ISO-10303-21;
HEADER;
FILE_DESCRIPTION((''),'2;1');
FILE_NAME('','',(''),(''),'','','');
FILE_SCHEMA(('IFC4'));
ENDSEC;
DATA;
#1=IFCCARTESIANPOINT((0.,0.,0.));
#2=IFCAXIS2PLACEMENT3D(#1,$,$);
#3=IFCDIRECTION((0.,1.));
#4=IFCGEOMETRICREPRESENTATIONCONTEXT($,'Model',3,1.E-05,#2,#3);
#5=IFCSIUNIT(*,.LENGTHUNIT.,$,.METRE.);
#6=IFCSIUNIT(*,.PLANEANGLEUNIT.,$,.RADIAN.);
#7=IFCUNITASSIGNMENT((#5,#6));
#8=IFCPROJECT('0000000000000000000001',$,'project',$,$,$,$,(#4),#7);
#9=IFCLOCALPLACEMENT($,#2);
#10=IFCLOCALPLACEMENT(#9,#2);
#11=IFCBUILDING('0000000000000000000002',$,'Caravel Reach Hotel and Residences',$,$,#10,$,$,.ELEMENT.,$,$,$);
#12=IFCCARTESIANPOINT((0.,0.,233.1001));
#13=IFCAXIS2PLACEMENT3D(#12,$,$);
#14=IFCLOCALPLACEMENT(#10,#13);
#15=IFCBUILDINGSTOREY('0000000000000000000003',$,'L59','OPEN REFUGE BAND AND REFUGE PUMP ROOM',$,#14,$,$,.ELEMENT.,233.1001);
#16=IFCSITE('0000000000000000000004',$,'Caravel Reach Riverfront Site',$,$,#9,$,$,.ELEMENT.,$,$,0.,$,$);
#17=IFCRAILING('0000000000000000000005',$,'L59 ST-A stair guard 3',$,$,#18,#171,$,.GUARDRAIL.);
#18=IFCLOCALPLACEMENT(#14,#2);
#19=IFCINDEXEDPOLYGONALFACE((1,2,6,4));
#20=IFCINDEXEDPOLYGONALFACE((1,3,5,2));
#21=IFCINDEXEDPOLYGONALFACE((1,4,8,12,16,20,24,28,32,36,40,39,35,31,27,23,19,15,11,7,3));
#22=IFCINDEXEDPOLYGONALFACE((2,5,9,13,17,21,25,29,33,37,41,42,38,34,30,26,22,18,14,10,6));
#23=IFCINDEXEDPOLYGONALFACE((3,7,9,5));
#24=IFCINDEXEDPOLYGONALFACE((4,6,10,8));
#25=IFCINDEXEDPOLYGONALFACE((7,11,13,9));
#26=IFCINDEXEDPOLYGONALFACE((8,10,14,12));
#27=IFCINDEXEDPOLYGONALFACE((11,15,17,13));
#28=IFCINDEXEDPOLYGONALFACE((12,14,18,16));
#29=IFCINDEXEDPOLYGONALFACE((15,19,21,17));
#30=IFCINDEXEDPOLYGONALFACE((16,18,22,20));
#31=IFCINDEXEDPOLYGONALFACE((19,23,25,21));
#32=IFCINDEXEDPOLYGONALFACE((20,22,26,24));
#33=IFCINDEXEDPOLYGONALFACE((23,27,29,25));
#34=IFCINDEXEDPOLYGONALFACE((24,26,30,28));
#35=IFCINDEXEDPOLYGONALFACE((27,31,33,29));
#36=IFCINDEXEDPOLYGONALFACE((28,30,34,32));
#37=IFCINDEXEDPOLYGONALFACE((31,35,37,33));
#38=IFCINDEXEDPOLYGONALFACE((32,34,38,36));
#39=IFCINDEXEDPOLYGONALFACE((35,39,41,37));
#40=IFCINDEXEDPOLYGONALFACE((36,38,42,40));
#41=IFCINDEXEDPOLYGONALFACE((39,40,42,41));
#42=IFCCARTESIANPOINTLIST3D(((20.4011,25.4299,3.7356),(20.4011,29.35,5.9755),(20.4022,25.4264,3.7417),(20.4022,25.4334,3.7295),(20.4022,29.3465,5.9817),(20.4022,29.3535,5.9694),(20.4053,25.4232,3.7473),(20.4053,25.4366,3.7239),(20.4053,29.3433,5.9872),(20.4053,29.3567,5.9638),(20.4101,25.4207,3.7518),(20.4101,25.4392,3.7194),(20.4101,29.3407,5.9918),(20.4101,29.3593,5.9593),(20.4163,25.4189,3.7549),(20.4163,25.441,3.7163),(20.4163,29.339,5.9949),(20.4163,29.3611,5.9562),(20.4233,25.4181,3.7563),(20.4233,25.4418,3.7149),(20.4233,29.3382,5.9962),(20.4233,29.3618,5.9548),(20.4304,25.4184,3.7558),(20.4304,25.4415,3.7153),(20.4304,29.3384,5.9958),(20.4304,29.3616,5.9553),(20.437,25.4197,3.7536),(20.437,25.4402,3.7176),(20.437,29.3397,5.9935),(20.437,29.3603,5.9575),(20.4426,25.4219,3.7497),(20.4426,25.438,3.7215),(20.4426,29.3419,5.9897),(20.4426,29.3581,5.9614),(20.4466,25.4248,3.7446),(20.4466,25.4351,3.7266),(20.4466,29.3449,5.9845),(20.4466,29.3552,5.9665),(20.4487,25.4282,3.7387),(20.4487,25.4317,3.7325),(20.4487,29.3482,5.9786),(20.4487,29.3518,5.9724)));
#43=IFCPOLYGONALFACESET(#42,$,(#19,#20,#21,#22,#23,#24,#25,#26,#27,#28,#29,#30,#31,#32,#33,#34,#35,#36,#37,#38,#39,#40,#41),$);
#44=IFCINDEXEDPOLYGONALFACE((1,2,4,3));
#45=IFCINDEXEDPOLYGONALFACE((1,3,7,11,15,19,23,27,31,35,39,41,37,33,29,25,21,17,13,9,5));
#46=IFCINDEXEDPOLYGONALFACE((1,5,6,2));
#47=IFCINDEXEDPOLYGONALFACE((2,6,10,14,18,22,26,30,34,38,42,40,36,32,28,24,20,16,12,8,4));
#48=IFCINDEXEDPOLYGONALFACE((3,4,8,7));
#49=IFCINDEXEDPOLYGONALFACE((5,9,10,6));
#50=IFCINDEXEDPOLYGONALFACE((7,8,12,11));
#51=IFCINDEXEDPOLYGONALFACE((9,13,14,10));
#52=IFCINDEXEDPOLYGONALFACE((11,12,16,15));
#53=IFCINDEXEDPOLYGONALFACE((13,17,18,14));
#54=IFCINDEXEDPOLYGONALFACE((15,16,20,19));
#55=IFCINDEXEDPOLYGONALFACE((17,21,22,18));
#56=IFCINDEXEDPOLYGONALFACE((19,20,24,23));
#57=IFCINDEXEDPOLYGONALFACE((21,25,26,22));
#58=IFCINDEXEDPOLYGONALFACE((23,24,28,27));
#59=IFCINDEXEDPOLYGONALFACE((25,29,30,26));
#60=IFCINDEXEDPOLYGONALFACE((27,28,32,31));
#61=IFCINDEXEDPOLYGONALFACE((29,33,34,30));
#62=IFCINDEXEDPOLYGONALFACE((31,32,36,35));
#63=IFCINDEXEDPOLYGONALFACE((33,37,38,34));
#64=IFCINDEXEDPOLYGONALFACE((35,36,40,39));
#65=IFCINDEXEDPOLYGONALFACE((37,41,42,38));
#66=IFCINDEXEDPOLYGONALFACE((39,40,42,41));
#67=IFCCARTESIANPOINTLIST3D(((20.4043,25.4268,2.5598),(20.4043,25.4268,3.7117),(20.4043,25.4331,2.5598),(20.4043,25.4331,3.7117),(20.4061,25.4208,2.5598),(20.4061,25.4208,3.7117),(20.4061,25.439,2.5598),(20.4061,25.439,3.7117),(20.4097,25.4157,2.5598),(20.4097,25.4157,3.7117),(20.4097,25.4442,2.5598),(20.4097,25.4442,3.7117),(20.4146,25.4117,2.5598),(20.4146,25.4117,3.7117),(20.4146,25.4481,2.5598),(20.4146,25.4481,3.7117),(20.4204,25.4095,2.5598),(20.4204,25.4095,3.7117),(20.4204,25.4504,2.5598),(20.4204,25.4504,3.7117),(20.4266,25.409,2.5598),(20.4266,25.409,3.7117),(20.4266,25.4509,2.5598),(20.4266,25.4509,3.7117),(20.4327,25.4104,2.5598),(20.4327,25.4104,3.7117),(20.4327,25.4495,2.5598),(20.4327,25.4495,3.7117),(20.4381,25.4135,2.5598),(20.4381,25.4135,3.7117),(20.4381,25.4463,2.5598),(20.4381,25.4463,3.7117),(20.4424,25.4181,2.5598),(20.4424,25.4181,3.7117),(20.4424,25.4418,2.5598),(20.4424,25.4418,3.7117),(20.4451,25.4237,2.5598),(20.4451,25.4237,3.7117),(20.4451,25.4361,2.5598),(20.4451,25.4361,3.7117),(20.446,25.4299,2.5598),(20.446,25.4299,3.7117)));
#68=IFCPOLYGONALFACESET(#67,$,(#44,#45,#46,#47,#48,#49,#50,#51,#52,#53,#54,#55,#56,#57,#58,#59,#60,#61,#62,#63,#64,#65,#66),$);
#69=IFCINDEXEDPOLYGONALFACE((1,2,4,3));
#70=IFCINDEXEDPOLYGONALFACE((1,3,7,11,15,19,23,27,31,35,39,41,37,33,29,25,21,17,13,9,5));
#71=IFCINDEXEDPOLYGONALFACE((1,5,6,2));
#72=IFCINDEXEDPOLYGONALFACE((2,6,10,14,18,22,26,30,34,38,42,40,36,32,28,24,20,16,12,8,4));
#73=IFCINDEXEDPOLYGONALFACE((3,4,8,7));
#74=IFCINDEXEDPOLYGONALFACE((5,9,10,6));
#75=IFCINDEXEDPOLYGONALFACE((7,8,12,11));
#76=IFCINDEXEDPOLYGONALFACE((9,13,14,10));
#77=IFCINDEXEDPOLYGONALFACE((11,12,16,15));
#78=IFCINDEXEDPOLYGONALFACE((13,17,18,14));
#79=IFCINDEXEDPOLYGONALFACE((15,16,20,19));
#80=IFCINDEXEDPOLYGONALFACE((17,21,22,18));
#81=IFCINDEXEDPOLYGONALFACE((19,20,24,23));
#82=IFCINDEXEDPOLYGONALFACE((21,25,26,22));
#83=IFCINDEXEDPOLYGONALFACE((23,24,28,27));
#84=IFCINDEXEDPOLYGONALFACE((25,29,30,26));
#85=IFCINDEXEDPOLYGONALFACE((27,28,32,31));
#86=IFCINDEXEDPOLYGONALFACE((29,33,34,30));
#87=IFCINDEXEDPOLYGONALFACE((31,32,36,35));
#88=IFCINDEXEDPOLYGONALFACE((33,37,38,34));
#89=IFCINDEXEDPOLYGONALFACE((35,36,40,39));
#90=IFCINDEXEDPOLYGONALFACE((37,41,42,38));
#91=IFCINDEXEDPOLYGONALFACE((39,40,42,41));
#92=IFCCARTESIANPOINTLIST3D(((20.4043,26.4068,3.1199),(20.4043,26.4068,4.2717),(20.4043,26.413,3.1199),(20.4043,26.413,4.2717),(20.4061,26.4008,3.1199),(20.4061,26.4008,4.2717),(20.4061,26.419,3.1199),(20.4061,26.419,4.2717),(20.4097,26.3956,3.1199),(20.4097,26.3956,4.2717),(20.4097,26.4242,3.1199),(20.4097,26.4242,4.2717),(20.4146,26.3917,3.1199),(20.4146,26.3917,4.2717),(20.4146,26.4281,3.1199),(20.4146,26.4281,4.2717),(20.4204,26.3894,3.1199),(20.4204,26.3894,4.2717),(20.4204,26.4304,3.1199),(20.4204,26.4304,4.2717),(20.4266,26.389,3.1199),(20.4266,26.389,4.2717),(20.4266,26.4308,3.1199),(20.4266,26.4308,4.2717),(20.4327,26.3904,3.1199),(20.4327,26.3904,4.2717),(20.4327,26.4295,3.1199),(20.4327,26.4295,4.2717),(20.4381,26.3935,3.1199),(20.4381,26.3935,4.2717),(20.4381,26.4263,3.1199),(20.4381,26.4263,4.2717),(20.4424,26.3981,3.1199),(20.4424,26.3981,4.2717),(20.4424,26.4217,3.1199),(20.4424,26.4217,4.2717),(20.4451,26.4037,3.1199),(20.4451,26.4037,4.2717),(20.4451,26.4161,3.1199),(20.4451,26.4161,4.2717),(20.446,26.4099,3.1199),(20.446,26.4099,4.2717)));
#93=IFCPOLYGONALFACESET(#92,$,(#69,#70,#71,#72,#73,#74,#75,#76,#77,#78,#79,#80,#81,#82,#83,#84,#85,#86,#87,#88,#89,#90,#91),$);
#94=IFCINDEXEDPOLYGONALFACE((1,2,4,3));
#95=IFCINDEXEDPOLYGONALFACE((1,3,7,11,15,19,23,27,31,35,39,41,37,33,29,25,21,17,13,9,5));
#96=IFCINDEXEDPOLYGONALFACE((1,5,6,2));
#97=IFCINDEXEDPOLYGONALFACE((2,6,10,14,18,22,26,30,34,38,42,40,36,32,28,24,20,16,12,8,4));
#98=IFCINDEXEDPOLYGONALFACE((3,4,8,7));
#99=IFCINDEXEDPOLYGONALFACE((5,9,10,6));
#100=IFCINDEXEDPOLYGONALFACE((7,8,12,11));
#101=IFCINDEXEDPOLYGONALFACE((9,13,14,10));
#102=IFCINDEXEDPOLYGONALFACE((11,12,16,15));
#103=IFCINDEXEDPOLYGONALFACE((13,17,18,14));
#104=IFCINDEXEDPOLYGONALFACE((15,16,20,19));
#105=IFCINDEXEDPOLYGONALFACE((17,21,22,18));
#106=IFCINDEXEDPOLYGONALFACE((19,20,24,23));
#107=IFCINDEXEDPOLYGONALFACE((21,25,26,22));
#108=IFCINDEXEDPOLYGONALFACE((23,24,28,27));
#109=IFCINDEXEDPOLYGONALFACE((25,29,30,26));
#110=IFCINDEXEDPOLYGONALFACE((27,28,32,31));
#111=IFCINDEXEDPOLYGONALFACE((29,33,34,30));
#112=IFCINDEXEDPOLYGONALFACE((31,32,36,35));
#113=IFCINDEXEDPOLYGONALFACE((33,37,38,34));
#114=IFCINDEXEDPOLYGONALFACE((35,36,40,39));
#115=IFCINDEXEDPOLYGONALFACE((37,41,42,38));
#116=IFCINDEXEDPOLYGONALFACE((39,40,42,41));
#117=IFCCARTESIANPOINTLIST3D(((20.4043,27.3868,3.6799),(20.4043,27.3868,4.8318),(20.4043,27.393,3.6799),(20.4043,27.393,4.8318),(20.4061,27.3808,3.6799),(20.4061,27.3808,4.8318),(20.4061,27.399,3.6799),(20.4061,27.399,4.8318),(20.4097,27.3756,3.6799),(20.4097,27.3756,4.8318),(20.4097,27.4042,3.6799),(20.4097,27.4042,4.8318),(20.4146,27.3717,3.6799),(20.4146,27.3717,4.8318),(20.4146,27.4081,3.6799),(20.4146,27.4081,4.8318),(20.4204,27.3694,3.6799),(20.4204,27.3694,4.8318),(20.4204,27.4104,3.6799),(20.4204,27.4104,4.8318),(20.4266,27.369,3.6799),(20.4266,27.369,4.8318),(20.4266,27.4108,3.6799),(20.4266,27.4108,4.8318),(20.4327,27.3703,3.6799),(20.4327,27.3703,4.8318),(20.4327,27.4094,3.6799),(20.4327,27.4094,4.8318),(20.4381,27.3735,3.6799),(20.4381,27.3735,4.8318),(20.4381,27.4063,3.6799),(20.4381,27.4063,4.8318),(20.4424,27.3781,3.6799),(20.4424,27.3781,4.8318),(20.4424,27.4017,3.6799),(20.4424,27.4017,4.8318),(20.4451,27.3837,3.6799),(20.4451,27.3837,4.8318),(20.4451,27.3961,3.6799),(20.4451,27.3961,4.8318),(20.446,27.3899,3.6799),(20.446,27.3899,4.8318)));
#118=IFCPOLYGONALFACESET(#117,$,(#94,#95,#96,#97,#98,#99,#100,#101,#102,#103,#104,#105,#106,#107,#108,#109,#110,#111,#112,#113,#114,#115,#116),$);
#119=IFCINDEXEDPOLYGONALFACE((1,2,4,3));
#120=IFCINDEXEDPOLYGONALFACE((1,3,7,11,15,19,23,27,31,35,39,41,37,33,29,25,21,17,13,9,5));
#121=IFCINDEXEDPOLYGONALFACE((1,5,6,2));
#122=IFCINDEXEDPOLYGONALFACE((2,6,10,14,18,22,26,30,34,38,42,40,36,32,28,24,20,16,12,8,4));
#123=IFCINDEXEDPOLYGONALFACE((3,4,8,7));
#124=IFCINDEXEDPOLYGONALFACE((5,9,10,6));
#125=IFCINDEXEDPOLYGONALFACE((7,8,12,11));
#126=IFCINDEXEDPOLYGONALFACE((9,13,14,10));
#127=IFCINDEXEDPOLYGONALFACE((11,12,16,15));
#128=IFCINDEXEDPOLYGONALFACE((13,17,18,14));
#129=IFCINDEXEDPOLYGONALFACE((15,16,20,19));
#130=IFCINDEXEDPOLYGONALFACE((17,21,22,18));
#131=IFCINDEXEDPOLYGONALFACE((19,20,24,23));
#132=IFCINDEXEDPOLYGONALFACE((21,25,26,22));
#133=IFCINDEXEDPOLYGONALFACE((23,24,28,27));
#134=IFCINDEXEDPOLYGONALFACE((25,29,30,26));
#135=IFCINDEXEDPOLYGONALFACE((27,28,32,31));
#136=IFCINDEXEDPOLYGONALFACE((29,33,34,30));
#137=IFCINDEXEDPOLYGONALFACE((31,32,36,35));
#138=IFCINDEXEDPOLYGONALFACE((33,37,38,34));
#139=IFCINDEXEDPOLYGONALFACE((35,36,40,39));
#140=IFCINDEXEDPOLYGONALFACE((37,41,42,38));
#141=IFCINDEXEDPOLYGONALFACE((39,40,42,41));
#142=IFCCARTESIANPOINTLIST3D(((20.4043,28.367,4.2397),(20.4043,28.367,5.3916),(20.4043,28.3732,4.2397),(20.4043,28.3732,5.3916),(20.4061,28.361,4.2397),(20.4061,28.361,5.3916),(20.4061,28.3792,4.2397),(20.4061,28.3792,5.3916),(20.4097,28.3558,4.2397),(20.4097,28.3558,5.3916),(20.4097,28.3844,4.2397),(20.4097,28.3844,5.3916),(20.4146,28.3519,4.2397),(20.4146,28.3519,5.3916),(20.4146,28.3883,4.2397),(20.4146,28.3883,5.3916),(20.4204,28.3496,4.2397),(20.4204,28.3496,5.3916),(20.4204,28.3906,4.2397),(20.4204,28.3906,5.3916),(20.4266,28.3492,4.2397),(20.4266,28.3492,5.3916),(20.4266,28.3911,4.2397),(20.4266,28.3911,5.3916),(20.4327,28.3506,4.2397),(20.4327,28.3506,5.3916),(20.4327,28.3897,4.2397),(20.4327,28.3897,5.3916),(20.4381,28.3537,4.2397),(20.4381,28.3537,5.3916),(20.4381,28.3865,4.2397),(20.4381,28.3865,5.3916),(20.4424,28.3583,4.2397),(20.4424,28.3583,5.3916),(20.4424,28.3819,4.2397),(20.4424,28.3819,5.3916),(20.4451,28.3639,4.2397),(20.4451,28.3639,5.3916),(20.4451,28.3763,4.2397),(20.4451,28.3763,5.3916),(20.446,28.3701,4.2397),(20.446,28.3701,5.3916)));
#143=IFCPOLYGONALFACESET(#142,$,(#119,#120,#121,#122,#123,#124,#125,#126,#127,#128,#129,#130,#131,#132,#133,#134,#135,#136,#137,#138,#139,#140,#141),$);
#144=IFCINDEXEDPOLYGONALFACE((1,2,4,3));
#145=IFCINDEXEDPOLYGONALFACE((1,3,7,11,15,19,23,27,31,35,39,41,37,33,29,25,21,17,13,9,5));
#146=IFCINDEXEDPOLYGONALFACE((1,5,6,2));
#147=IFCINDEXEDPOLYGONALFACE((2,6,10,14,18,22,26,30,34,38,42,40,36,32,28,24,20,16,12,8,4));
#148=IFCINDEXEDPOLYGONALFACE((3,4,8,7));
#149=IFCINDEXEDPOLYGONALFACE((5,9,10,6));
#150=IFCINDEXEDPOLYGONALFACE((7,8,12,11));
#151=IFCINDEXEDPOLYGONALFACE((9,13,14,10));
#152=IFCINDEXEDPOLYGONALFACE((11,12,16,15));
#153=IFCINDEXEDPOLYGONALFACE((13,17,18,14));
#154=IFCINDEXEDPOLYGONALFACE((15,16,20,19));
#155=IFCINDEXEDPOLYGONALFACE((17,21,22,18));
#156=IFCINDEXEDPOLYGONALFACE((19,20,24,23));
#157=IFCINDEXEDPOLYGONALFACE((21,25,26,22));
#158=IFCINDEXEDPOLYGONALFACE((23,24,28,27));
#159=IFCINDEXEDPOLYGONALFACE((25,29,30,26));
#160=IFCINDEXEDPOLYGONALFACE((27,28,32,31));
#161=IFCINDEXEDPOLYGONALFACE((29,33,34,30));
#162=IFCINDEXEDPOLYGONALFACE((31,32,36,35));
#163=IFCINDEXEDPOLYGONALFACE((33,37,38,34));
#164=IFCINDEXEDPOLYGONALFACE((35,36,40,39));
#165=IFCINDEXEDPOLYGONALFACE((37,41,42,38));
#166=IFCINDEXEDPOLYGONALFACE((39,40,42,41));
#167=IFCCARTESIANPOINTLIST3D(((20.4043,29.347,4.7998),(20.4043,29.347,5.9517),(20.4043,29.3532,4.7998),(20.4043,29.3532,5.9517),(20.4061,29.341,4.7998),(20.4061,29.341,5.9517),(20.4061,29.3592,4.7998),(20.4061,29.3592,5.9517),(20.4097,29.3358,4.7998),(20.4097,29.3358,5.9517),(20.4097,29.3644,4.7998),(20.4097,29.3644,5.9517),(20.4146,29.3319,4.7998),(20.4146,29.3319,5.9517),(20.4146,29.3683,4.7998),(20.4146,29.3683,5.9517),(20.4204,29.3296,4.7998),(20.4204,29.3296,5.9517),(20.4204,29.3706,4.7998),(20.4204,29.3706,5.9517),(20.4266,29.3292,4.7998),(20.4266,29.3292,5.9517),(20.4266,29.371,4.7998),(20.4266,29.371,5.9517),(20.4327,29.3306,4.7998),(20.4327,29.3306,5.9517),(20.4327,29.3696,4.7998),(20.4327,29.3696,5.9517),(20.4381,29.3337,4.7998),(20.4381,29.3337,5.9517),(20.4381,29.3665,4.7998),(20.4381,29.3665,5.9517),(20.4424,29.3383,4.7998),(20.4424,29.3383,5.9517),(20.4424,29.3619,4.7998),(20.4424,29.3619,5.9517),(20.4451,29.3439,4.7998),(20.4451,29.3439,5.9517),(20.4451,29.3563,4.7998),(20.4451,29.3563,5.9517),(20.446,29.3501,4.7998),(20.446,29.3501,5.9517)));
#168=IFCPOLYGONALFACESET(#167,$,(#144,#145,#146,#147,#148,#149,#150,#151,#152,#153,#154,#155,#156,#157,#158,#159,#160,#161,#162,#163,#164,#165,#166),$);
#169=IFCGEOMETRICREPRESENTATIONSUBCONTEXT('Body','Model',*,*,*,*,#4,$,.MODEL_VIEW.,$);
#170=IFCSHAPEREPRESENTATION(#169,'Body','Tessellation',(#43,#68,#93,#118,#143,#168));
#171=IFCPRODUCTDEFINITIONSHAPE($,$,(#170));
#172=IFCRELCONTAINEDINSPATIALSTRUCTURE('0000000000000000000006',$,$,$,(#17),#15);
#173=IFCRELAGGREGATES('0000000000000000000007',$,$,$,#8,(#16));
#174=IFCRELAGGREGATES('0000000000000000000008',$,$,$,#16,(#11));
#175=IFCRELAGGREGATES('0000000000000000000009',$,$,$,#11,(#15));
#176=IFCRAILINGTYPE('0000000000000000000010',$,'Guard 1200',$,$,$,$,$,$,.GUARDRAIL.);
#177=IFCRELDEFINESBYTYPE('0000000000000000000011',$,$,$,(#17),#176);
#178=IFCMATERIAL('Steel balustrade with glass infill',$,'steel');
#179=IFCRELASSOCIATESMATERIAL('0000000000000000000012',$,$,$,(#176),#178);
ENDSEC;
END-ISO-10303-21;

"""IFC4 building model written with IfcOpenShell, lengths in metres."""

from ifc_helpers import new_model, si_unit, direction, frame, origin, origin_2d, place, context, subcontext, project, spatial, circle, extrude, material, type_object, element, save


model = new_model("IFC4")

# Units and contexts
model_context = context("Model", 3, precision=1e-05, world=origin(), true_north=direction((0.0, 1.0)))
body_context = subcontext(model_context, "Body", "Model", "MODEL_VIEW")
ifc_project = project(units=[si_unit("LENGTHUNIT", "METRE"), si_unit("PLANEANGLEUNIT", "RADIAN")], contexts=[model_context])

# Site, building, storey
site_placement = place(None, origin())
site = spatial("IfcSite", under=ifc_project, at=site_placement, Name="Caravel Reach Riverfront Site", CompositionType="ELEMENT", RefElevation=0.0)
building_placement = place(site_placement, origin())
building = spatial("IfcBuilding", under=site, at=building_placement, Name="Caravel Reach Hotel and Residences", CompositionType="ELEMENT")
storey_placement = place(building_placement, frame((0.0, 0.0, 233.1001)))
storey = spatial("IfcBuildingStorey", under=building, at=storey_placement, Name="L59", Description="OPEN REFUGE BAND AND REFUGE PUMP ROOM", CompositionType="ELEMENT", Elevation=233.1001)

# Railing
ifc_material_1 = material(Name="Steel balustrade with glass infill", Category="steel")
railing_type_1 = type_object("IfcRailingType", Name="Guard 1200", PredefinedType="GUARDRAIL", material=ifc_material_1)
railing_1_placement = place(storey_placement, frame((20.425, 25.4299, 2.5598)))
element("IfcRailing", 1, at=railing_1_placement, inside=storey, type_object=railing_type_1, Name="L59 ST-A stair guard 3", PredefinedType="GUARDRAIL", context=body_context, shape_type="SweptSolid", body=[
    extrude(circle(Radius=0.0239, at=origin_2d()), frame((0.0, 0.0, 1.1758), z_axis=(0.0, 0.868253, 0.496121), x_axis=(-1.0, 0.0, 0.0)), (0.0, 0.0, 1.0), 4.5149),
    extrude(circle(Radius=0.021, at=origin_2d()), origin(), (0.0, 0.0, 1.0), 1.1519),
    extrude(circle(Radius=0.021, at=origin_2d()), frame((0.0, 0.98, 0.5601)), (0.0, 0.0, 1.0), 1.1519),
    extrude(circle(Radius=0.021, at=origin_2d()), frame((0.0, 1.96, 1.1201)), (0.0, 0.0, 1.0), 1.1519),
    extrude(circle(Radius=0.021, at=origin_2d()), frame((0.0, 2.9402, 1.6799)), (0.0, 0.0, 1.0), 1.1519),
    extrude(circle(Radius=0.021, at=origin_2d()), frame((0.0, 3.9202, 2.24)), (0.0, 0.0, 1.0), 1.1519),
])

save(model, "model.ifc")
